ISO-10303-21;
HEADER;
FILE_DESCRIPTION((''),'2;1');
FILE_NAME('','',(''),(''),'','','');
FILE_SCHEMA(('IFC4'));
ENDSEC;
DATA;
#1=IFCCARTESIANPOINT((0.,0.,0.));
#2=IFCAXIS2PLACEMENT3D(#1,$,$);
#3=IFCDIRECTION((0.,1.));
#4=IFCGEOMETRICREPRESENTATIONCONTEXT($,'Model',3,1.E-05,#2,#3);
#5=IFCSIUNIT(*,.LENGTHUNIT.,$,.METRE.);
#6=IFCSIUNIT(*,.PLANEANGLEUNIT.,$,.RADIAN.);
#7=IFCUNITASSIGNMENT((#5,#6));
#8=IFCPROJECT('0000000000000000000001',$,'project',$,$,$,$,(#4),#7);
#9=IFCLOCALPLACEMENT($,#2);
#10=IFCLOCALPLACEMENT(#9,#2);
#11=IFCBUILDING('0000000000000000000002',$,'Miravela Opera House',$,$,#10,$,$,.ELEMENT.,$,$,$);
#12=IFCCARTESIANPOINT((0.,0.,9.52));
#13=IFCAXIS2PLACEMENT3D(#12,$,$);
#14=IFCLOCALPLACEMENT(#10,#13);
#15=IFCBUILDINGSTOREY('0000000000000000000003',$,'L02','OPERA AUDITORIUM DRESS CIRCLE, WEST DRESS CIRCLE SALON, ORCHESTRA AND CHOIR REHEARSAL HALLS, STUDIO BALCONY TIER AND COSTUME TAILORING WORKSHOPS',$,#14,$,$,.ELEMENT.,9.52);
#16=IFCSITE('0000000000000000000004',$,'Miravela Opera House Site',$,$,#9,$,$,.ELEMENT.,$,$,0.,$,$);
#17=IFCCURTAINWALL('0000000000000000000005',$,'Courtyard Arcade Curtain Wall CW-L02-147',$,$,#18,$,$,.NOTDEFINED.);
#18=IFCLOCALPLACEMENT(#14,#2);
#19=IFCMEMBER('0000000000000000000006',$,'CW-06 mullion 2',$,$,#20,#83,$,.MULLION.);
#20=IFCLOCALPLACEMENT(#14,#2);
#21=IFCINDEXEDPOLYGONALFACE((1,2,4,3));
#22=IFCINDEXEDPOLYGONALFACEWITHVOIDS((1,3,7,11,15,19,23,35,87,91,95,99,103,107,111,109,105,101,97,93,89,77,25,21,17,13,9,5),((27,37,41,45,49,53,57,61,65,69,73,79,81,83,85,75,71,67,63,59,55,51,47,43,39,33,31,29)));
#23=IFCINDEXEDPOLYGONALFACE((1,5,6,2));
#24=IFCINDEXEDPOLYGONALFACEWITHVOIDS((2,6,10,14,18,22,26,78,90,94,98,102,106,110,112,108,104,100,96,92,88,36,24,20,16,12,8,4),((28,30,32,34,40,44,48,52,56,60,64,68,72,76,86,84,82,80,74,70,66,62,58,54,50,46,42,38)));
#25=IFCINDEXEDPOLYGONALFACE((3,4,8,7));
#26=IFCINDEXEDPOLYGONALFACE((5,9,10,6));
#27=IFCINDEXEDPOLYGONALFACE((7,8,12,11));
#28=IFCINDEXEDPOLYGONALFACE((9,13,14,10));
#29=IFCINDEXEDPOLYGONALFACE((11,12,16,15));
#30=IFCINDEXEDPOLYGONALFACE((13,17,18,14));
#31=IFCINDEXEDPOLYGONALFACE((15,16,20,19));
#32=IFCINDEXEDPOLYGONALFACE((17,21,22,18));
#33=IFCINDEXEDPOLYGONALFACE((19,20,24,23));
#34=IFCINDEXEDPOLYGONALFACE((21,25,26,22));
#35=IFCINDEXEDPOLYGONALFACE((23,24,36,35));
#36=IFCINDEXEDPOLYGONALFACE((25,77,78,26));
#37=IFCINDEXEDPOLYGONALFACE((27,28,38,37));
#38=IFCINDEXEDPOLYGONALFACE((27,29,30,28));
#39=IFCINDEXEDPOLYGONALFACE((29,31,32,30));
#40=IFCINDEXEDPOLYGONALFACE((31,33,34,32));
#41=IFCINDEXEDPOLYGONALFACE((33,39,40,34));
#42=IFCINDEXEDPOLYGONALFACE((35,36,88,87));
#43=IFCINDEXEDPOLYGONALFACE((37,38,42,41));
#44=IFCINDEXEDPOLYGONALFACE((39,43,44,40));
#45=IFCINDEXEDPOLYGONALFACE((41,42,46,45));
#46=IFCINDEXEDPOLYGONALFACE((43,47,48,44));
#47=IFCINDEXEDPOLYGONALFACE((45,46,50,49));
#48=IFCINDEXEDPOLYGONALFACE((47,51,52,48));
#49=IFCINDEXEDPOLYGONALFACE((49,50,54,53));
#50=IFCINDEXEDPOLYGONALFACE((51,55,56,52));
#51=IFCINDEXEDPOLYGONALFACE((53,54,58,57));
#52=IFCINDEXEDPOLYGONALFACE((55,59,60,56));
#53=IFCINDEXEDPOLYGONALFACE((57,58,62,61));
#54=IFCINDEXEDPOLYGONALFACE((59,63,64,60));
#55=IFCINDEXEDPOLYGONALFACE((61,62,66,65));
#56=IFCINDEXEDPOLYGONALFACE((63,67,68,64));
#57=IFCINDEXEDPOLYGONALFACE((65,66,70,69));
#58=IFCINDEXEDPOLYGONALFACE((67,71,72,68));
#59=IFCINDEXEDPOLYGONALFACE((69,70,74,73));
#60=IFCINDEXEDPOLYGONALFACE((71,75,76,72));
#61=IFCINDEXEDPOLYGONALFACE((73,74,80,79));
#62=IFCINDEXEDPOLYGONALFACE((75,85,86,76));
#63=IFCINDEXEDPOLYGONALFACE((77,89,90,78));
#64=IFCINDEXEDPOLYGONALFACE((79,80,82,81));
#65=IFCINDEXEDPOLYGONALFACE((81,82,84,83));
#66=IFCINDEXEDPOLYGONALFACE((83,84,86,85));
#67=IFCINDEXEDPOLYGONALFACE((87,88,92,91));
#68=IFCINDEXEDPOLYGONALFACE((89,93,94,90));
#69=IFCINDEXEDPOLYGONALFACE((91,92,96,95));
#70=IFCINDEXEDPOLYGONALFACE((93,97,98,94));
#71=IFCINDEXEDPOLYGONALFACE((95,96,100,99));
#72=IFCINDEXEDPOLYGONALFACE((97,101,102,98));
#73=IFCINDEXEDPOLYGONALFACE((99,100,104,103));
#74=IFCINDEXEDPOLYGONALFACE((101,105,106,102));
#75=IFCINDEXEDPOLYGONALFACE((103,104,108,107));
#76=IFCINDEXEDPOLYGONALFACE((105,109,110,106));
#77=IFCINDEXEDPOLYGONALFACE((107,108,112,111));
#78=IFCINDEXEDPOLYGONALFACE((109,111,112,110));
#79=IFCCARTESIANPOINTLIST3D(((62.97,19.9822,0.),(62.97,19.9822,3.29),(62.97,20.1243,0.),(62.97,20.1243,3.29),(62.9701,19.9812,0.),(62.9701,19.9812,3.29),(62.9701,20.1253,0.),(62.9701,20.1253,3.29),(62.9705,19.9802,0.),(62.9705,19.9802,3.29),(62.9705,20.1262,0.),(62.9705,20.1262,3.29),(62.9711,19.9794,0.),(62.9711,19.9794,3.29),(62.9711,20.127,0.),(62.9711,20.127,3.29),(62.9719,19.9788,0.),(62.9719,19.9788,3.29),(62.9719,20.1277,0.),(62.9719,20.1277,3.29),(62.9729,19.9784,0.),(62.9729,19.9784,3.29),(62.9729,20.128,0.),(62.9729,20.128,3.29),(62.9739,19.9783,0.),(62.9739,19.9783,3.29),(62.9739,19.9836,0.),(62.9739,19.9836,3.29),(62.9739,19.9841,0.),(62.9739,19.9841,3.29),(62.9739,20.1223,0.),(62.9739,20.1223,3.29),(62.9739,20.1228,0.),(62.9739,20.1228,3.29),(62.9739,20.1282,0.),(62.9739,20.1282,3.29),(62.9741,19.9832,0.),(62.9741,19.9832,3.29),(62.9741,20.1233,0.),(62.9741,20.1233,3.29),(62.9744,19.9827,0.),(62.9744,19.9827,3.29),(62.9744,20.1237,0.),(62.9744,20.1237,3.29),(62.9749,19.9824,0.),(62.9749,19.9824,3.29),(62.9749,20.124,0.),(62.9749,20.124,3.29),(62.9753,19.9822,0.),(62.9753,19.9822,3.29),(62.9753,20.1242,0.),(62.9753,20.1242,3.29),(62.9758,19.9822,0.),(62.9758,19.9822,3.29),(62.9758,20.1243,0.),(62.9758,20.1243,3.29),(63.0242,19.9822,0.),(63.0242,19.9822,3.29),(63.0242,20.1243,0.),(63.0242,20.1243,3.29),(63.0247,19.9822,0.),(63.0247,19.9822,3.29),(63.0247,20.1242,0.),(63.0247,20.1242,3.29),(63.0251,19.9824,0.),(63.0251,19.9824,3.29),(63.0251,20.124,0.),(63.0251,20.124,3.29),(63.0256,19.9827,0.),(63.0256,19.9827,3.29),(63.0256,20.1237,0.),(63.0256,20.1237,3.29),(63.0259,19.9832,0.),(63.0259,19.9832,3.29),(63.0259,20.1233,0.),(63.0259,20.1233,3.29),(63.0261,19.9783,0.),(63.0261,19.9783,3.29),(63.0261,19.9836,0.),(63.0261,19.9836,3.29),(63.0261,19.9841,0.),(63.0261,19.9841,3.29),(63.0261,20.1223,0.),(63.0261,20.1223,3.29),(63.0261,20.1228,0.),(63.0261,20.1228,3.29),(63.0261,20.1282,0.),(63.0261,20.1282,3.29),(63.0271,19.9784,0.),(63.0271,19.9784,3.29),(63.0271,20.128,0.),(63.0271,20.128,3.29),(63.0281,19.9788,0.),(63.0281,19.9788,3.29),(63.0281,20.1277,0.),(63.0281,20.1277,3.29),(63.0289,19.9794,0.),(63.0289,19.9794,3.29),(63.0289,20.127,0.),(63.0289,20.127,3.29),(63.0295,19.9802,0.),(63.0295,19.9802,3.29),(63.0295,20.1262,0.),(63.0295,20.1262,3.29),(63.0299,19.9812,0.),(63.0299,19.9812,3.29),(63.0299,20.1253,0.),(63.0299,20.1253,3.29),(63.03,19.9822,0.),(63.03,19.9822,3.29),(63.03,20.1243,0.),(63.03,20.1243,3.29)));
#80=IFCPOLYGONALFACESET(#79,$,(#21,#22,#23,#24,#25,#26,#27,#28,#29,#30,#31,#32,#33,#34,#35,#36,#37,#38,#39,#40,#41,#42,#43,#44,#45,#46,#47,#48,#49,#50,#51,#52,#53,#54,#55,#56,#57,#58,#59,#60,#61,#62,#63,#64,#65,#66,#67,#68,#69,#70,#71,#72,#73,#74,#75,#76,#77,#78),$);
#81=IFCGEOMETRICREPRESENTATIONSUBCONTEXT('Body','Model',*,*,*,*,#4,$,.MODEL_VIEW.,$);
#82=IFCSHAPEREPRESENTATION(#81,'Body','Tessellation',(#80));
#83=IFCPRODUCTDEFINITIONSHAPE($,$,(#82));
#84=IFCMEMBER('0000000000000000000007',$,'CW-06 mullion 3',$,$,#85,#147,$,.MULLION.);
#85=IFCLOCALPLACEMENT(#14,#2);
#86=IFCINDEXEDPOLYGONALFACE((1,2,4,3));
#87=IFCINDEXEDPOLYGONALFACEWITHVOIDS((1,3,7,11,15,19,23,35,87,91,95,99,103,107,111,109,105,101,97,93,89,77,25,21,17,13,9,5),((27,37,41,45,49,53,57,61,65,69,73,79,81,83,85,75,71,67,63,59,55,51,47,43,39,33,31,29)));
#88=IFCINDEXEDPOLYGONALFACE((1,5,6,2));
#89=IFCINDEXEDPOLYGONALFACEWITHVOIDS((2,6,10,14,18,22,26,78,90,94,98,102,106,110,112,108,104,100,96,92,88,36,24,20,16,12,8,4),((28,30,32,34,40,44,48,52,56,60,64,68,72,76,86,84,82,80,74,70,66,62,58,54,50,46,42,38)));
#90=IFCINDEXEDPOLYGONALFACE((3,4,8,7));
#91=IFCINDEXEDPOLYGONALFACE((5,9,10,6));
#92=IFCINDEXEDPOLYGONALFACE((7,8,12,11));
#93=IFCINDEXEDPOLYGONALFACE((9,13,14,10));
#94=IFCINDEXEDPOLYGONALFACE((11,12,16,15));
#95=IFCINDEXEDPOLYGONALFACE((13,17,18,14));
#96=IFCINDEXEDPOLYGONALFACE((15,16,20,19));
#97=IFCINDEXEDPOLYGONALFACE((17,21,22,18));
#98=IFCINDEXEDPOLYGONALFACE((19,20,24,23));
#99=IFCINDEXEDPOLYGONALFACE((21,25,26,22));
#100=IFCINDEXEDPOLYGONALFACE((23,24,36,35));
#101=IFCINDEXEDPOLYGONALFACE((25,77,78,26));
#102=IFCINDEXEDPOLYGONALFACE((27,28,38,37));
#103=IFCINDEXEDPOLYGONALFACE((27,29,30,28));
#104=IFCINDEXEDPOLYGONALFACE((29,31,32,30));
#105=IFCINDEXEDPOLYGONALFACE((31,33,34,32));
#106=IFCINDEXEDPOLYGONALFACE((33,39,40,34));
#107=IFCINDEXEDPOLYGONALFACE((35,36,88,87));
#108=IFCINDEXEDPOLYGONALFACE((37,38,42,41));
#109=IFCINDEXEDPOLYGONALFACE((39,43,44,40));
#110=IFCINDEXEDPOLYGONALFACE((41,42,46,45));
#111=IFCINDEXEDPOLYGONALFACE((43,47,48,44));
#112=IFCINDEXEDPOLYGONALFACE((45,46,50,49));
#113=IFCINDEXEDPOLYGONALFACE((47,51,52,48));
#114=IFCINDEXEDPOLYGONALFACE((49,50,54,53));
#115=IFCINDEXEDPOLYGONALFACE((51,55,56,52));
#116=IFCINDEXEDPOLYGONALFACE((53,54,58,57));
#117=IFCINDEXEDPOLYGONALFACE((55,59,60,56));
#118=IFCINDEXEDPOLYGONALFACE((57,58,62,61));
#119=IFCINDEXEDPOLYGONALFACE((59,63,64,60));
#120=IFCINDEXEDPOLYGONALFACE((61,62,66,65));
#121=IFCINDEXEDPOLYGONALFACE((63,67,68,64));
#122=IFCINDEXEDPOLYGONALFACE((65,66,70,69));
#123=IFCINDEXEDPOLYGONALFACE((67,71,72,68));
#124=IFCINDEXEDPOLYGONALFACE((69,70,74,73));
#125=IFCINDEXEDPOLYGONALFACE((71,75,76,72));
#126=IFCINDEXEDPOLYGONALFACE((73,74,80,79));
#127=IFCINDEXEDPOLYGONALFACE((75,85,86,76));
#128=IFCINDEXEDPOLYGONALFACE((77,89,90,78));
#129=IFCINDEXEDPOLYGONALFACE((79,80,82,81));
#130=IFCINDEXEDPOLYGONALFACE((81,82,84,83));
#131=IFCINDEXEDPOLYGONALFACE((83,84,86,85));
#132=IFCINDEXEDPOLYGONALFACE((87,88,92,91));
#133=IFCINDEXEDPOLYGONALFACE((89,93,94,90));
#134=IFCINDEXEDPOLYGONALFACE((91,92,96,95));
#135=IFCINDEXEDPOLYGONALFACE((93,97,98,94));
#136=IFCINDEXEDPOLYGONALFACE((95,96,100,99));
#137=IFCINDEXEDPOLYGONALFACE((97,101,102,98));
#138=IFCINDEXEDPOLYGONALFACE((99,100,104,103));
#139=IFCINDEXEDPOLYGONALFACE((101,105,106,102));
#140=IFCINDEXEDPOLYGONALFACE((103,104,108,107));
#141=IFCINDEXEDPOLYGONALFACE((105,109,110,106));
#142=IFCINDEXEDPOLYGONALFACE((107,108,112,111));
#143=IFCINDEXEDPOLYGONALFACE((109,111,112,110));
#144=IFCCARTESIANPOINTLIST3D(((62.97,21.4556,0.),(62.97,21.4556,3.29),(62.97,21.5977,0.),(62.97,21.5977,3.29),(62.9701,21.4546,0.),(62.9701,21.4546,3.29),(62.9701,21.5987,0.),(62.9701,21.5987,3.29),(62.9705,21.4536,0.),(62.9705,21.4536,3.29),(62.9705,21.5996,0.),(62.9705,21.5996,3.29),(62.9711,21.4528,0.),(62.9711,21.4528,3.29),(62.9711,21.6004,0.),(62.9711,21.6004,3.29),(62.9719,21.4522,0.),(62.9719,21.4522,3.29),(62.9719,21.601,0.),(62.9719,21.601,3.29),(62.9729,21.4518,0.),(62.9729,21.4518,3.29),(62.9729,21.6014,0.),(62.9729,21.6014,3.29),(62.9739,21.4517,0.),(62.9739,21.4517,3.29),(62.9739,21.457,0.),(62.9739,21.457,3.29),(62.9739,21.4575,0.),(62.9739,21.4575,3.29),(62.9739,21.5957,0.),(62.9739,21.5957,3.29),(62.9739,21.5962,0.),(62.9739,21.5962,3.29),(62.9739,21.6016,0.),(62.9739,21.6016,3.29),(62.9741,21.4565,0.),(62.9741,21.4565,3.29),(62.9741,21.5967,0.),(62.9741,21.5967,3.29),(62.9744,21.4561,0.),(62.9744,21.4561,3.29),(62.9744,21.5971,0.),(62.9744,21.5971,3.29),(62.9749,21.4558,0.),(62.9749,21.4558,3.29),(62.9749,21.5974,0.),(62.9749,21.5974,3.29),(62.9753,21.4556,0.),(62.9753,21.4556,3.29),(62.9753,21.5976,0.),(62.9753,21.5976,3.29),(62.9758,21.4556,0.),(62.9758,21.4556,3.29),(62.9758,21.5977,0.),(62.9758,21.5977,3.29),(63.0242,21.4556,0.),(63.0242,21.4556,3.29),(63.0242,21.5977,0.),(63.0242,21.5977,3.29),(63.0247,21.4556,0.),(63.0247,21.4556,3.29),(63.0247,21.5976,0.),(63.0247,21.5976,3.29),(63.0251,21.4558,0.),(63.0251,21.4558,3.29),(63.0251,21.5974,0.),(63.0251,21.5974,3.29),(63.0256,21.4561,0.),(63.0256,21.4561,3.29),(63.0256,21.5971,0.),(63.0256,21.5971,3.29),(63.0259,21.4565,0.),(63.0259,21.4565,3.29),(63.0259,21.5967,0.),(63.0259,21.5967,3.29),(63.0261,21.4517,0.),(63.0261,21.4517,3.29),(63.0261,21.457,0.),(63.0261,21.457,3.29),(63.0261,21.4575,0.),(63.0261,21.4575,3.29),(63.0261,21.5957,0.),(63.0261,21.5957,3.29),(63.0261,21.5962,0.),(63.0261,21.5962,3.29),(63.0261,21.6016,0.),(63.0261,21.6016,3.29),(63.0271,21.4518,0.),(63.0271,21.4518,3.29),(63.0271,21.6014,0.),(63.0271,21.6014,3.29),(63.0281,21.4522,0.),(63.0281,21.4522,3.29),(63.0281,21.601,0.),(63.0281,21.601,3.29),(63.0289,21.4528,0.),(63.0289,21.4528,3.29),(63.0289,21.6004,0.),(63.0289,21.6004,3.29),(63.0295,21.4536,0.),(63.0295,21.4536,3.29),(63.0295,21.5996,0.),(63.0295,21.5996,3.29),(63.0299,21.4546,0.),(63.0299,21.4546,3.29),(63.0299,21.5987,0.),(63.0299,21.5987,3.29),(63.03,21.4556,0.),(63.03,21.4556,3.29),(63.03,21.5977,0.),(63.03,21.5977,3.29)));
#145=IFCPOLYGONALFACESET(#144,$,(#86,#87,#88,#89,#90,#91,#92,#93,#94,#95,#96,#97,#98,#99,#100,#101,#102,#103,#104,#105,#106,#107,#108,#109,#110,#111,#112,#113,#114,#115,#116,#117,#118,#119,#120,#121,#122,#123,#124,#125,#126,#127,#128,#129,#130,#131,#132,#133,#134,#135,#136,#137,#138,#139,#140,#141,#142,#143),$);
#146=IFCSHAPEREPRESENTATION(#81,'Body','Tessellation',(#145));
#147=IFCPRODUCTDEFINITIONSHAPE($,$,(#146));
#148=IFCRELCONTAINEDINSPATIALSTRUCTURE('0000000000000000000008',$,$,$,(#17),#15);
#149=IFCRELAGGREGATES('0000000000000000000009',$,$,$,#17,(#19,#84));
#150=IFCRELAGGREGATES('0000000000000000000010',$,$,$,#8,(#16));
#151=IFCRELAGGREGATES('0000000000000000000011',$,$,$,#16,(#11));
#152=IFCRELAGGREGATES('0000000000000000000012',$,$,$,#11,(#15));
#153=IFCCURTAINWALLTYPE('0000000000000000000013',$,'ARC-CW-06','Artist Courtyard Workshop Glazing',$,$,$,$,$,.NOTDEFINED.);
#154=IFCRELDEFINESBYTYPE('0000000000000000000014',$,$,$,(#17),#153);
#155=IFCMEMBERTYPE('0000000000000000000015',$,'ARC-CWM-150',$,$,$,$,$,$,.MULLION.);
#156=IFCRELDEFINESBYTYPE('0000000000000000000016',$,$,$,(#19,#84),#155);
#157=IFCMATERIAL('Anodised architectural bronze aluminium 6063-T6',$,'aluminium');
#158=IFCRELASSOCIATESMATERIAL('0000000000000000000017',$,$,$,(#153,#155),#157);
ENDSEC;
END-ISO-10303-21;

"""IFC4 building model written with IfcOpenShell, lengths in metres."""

from ifc_helpers import new_model, si_unit, direction, frame, origin, origin_2d, place, context, subcontext, project, spatial, hollow_rectangle, extrude, material, material_profile, profile_set, type_object, element, aggregate, save


model = new_model("IFC4")

# Units and contexts
model_context = context("Model", 3, precision=1e-05, world=origin(), true_north=direction((0.0, 1.0)))
body_context = subcontext(model_context, "Body", "Model", "MODEL_VIEW")
ifc_project = project(units=[si_unit("LENGTHUNIT", "METRE"), si_unit("PLANEANGLEUNIT", "RADIAN")], contexts=[model_context])

# Site, building, storey
site_placement = place(None, origin())
site = spatial("IfcSite", under=ifc_project, at=site_placement, Name="Miravela Opera House Site", CompositionType="ELEMENT", RefElevation=0.0)
building_placement = place(site_placement, origin())
building = spatial("IfcBuilding", under=site, at=building_placement, Name="Miravela Opera House", CompositionType="ELEMENT")
storey_placement = place(building_placement, frame((0.0, 0.0, 9.52)))
storey = spatial("IfcBuildingStorey", under=building, at=storey_placement, Name="L02", Description="OPERA AUDITORIUM DRESS CIRCLE, WEST DRESS CIRCLE SALON, ORCHESTRA AND CHOIR REHEARSAL HALLS, STUDIO BALCONY TIER AND COSTUME TAILORING WORKSHOPS", CompositionType="ELEMENT", Elevation=9.52)

# Curtain wall, members
ifc_material_1 = material(Name="Anodised architectural bronze aluminium 6063-T6", Category="aluminium")
curtain_wall_type = type_object("IfcCurtainWallType", Name="ARC-CW-06", Description="Artist Courtyard Workshop Glazing", PredefinedType="NOTDEFINED", material=ifc_material_1)
curtain_wall_placement = place(storey_placement, origin())
curtain_wall = element("IfcCurtainWall", 1, at=curtain_wall_placement, inside=storey, type_object=curtain_wall_type, Name="Courtyard Arcade Curtain Wall CW-L02-147", PredefinedType="NOTDEFINED")
ifc_material_profile_1 = material_profile(ifc_material_1, hollow_rectangle(XDim=0.0601, YDim=0.1499, WallThickness=0.0039, InnerFilletRadius=0.002, OuterFilletRadius=0.0039, at=origin_2d()), Name="CWM-60X150")
ifc_profile_set_1 = profile_set([ifc_material_profile_1])
member_type_1 = type_object("IfcMemberType", Name="ARC-CWM-150", PredefinedType="MULLION", material=ifc_profile_set_1)
member_1_placement = place(storey_placement, frame((63.0, 20.0532, 0.0), z_axis=(0.0, 0.0, 1.0), x_axis=(-1.0, 0.0, 0.0)))
member_1 = element("IfcMember", 2, at=member_1_placement, type_object=member_type_1, Name="CW-06 mullion 2", PredefinedType="MULLION", context=body_context, shape_type="SweptSolid", body=[
    extrude(hollow_rectangle(XDim=0.0601, YDim=0.1499, WallThickness=0.0039, InnerFilletRadius=0.002, OuterFilletRadius=0.0039, at=origin_2d()), origin(), (0.0, 0.0, 1.0), 3.29),
])
member_2_placement = place(storey_placement, frame((63.0, 21.5266, 0.0), z_axis=(0.0, 0.0, 1.0), x_axis=(-1.0, 0.0, 0.0)))
member_2 = element("IfcMember", 3, at=member_2_placement, type_object=member_type_1, Name="CW-06 mullion 3", PredefinedType="MULLION", context=body_context, shape_type="SweptSolid", body=[
    extrude(hollow_rectangle(XDim=0.0601, YDim=0.1499, WallThickness=0.0039, InnerFilletRadius=0.002, OuterFilletRadius=0.0039, at=origin_2d()), origin(), (0.0, 0.0, 1.0), 3.29),
])

aggregate(curtain_wall, [member_1, member_2])

save(model, "model.ifc")
